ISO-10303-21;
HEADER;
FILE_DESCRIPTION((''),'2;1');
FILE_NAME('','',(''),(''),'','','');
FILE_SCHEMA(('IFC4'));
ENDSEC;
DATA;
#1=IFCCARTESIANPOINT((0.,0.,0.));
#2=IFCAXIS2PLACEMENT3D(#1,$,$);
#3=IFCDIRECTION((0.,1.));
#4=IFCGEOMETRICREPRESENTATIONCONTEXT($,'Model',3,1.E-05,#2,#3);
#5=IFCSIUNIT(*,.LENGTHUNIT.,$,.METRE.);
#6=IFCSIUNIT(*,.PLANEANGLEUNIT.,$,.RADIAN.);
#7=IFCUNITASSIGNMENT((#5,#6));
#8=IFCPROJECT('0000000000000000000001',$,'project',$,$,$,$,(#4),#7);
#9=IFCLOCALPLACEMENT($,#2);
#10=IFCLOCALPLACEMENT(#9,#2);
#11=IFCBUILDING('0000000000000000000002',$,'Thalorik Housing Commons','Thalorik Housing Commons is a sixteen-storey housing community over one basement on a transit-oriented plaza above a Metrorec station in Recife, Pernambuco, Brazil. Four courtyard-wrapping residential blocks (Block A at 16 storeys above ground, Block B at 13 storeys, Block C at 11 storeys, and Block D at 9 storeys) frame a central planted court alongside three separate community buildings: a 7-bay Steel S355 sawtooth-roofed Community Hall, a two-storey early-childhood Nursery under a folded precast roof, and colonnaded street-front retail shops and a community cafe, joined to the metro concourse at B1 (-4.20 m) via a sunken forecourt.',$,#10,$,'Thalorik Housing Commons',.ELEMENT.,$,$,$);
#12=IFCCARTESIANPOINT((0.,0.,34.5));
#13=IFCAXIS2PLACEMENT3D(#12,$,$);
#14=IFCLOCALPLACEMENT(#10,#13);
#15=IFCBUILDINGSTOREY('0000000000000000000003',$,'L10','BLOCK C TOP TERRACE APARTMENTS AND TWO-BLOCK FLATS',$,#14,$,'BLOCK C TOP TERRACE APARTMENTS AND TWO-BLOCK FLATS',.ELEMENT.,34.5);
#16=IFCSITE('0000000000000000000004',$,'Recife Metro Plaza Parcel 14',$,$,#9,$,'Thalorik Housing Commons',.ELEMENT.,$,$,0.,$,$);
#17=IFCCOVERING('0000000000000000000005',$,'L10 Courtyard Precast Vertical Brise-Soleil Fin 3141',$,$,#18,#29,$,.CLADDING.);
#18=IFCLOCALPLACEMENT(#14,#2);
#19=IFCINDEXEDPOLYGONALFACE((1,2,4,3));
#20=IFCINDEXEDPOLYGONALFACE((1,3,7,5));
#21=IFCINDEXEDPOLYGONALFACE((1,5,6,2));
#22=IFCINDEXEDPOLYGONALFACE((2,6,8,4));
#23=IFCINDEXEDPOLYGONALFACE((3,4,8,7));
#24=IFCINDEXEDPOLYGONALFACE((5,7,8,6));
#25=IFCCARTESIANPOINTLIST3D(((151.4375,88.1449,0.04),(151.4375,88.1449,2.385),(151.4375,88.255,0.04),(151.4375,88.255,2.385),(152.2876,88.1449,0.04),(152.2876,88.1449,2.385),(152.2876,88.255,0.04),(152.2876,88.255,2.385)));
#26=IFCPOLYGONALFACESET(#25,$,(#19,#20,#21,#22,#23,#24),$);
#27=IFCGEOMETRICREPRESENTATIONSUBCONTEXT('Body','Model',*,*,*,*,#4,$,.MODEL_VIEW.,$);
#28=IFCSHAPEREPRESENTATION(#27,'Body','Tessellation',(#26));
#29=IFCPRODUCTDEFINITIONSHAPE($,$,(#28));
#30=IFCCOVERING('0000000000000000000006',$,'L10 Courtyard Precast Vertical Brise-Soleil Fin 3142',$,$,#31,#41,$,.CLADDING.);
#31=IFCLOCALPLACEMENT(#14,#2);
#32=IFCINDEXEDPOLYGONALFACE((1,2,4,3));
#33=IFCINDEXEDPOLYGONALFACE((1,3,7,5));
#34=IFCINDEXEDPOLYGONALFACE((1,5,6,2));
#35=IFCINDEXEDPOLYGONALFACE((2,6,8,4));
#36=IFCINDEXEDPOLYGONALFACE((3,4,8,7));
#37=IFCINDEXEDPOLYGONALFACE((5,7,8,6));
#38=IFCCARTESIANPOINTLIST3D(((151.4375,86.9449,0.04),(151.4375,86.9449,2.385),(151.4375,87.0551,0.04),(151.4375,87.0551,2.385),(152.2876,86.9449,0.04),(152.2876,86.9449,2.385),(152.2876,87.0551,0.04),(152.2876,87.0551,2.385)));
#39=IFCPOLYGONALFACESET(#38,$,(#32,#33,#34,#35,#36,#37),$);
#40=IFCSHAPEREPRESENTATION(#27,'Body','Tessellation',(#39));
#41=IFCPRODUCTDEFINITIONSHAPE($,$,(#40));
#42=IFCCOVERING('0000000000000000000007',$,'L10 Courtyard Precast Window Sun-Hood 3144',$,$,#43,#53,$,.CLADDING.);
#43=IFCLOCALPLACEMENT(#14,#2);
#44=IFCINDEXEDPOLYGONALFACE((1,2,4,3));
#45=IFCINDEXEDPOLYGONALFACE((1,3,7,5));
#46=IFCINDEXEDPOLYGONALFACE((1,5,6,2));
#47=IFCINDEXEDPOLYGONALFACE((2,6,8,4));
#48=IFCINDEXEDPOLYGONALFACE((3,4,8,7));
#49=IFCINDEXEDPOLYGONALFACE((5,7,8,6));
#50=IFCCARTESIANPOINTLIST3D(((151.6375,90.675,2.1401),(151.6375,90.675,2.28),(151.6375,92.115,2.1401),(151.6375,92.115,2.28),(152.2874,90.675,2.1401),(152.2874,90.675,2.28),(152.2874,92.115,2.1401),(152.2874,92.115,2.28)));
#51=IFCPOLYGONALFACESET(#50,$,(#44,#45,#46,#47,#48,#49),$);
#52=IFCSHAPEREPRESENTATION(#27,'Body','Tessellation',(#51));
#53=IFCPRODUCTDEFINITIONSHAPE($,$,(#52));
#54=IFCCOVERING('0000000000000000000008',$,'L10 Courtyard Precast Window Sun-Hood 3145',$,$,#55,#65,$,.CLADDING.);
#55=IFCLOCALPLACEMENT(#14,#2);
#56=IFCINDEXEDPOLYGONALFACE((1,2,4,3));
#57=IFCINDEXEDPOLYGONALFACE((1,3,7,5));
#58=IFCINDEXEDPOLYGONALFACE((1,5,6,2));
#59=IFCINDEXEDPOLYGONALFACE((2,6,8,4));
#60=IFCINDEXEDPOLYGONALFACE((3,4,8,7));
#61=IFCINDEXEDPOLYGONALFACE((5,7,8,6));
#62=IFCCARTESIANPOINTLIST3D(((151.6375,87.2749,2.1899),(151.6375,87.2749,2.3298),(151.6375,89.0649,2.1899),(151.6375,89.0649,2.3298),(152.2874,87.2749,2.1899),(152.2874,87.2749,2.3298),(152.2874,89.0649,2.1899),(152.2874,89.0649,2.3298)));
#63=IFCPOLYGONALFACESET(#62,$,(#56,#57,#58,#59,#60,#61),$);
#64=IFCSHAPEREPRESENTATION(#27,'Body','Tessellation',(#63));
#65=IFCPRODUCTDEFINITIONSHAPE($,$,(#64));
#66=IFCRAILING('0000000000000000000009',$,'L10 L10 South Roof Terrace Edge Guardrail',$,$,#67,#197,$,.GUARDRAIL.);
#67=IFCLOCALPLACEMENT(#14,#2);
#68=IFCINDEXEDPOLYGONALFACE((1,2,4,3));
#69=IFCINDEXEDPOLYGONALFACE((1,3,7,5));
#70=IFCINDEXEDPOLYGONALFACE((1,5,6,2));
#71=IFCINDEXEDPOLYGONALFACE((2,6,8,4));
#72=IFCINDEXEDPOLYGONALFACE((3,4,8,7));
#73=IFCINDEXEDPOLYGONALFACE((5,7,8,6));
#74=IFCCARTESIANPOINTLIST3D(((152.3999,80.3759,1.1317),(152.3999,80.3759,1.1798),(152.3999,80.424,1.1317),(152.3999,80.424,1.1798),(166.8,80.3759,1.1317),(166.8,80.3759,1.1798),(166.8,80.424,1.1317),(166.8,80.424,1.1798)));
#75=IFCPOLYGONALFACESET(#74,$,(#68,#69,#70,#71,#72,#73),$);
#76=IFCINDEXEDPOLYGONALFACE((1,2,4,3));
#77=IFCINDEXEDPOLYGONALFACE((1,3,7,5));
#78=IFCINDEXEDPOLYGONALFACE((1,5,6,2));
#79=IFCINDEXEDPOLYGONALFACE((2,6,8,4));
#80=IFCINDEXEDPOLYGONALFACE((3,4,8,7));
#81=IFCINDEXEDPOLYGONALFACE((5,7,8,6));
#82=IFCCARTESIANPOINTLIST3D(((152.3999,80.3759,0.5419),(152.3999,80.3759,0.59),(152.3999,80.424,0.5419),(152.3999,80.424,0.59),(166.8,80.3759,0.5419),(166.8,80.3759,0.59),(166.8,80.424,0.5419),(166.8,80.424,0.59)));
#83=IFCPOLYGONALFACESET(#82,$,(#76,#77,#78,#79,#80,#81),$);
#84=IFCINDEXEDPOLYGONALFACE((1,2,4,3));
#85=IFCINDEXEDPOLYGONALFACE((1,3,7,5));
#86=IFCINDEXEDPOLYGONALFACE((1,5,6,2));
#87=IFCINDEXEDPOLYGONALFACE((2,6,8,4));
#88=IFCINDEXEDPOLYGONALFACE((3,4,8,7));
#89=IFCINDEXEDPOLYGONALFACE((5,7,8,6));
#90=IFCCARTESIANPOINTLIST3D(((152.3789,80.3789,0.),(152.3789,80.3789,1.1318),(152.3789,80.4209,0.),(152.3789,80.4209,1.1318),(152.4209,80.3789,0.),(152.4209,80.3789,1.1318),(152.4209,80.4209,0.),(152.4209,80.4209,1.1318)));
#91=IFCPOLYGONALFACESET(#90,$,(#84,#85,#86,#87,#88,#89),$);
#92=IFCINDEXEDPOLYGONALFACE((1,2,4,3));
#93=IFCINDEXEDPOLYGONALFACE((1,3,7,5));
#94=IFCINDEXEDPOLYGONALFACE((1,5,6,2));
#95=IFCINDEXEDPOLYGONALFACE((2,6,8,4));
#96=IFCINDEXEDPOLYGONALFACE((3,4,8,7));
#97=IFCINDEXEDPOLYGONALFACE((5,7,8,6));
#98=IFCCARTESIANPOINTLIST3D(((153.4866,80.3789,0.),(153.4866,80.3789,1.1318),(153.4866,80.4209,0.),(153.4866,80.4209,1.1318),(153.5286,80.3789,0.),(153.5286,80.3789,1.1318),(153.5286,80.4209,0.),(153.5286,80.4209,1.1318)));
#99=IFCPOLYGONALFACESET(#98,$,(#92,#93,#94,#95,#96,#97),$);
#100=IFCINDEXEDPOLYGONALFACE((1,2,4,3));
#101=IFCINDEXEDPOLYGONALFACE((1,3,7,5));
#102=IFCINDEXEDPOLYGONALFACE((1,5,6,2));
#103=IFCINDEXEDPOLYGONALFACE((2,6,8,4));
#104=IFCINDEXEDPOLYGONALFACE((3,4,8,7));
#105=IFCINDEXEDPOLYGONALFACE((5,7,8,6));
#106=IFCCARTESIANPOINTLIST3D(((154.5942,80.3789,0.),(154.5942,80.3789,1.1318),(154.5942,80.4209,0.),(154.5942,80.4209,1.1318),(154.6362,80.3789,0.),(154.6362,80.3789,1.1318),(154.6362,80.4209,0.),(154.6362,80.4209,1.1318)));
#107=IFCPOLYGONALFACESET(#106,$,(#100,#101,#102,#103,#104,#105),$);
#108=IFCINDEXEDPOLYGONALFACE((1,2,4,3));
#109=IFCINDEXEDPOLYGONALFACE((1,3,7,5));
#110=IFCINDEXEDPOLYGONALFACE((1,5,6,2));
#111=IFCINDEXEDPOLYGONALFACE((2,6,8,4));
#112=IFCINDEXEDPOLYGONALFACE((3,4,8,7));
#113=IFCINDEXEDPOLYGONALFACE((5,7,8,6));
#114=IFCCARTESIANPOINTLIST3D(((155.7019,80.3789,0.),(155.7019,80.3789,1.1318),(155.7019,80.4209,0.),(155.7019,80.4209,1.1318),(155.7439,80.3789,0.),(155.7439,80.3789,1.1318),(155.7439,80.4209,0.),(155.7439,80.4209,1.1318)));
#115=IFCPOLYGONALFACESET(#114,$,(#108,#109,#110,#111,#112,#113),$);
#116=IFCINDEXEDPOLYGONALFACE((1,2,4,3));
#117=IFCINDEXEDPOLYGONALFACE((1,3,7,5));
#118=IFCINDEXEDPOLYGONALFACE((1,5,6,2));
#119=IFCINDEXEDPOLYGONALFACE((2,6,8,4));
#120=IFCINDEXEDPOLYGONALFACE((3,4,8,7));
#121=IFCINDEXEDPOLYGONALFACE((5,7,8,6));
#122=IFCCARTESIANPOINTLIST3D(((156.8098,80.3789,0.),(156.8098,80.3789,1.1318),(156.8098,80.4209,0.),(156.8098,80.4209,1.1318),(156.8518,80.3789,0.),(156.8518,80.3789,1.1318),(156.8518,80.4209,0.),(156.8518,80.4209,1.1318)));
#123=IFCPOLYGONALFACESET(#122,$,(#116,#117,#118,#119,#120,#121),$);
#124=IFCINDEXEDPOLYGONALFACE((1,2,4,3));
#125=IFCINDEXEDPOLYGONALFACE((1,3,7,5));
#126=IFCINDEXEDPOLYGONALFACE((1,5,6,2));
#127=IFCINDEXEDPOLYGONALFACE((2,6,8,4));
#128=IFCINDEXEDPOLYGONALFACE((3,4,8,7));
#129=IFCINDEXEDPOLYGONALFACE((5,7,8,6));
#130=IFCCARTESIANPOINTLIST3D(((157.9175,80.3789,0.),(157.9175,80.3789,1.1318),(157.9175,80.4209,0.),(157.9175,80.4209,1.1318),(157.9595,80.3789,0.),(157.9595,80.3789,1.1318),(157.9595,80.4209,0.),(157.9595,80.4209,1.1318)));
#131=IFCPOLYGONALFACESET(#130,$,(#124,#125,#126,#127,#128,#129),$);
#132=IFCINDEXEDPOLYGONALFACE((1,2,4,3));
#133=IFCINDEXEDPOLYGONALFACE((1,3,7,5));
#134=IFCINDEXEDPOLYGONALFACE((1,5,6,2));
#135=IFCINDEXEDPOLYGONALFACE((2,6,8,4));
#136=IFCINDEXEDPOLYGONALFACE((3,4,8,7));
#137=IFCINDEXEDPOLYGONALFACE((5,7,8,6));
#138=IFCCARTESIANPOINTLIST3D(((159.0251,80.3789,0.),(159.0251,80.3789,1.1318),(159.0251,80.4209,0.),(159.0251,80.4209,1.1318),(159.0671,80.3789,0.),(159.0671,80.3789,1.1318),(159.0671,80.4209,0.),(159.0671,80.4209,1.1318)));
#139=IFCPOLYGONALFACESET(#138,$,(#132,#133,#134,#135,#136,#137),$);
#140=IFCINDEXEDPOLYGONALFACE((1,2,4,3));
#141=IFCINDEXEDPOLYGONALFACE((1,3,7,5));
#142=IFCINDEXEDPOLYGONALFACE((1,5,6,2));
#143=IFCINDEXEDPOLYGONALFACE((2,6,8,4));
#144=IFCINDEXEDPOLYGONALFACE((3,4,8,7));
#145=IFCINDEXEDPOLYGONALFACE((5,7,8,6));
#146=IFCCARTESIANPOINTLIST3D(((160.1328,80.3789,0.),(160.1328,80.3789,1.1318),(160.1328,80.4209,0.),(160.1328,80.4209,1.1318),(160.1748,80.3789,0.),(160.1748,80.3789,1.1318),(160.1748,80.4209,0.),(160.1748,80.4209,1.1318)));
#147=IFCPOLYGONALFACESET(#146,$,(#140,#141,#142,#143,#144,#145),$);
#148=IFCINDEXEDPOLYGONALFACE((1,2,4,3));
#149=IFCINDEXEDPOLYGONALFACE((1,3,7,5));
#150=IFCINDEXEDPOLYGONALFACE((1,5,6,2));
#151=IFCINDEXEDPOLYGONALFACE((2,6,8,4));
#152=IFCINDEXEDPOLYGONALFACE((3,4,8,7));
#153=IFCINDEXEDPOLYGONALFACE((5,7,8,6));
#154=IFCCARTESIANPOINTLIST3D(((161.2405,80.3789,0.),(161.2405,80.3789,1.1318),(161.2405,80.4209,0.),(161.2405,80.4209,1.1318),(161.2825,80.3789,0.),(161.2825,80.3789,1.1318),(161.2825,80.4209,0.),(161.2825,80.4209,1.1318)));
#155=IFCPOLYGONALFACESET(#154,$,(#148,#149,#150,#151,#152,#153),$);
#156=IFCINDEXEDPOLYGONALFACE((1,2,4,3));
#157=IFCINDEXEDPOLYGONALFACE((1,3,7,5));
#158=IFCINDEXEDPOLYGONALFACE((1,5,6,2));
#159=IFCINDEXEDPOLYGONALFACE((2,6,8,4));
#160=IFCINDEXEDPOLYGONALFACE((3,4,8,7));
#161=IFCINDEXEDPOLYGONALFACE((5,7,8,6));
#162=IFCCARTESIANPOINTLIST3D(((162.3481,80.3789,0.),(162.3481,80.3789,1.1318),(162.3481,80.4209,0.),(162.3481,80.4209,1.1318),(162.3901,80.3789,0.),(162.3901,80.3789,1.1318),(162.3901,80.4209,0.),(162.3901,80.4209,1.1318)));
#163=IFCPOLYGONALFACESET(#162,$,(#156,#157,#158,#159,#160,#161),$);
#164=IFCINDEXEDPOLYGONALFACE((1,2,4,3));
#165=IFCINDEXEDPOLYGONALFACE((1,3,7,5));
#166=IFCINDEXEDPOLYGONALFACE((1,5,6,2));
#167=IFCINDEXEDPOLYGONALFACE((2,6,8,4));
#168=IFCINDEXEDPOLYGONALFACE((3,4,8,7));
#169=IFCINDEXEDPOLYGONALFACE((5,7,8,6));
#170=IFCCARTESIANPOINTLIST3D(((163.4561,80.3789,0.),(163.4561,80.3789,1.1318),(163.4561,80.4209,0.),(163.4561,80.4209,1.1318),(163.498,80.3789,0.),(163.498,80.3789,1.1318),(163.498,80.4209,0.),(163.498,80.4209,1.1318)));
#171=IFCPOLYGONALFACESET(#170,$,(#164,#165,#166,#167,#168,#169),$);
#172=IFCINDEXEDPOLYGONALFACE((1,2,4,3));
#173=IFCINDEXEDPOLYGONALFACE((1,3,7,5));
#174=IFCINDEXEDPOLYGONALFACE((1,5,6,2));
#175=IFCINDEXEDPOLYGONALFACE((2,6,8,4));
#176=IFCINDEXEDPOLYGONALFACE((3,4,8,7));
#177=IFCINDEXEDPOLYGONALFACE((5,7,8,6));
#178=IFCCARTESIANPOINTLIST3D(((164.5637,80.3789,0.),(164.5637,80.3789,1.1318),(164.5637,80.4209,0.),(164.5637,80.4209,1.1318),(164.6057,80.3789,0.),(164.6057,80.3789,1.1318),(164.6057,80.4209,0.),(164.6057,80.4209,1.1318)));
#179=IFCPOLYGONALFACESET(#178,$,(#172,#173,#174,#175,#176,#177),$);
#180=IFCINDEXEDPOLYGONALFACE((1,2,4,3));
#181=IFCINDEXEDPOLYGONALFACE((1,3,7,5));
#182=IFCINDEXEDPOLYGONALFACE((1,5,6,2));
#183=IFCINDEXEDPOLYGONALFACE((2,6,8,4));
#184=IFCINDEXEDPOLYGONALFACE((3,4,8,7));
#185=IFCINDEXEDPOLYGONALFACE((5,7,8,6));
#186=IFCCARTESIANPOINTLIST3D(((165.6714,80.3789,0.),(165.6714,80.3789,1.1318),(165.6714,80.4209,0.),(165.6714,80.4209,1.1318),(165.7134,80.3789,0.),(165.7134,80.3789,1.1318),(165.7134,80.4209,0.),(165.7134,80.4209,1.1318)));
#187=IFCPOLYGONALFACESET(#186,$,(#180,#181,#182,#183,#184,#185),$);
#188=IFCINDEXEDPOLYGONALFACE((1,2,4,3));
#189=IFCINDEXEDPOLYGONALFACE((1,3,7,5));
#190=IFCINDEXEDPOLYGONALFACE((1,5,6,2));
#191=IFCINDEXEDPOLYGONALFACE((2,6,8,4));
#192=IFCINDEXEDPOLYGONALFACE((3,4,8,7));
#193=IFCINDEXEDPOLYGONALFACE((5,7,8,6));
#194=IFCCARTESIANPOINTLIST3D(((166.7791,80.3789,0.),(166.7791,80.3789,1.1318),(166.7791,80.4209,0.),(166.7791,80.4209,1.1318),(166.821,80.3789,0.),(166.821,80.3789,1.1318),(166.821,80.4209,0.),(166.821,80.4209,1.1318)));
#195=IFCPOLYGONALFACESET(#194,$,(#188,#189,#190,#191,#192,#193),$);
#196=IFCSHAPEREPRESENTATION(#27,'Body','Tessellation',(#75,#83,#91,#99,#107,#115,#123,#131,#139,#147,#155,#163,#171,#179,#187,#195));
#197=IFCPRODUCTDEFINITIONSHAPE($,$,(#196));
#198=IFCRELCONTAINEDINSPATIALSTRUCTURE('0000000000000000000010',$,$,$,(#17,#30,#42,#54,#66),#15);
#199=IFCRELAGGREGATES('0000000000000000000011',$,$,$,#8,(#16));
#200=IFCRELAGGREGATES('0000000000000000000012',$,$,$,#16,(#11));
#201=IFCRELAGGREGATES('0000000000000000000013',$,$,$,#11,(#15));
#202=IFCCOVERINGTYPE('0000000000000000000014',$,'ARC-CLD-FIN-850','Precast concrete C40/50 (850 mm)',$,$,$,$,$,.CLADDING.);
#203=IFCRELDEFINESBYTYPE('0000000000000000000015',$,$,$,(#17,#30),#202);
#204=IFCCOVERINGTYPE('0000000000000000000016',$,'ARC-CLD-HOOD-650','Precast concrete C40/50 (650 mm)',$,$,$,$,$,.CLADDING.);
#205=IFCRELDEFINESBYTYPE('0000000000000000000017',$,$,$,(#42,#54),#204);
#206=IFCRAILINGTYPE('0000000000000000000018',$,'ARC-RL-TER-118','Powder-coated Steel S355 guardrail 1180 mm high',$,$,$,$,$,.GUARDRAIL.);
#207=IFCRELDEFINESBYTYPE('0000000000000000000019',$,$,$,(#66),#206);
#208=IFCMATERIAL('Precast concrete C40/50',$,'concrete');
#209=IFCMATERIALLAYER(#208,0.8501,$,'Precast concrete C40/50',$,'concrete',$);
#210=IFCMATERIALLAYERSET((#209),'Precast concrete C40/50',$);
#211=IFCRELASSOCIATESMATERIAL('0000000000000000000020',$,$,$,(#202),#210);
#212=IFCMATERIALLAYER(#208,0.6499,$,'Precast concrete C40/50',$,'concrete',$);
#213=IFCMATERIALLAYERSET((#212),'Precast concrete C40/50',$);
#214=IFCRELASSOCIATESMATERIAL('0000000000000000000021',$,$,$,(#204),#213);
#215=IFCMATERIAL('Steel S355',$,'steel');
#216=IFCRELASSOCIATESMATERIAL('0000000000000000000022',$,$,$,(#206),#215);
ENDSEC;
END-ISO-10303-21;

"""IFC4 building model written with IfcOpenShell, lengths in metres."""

from ifc_helpers import new_model, si_unit, direction, frame, origin, origin_2d, place, context, subcontext, project, spatial, rectangle, extrude, material, layer, layer_set, type_object, element, save


model = new_model("IFC4")

# Units and contexts
model_context = context("Model", 3, precision=1e-05, world=origin(), true_north=direction((0.0, 1.0)))
body_context = subcontext(model_context, "Body", "Model", "MODEL_VIEW")
ifc_project = project(units=[si_unit("LENGTHUNIT", "METRE"), si_unit("PLANEANGLEUNIT", "RADIAN")], contexts=[model_context])

# Site, building, storey
site_placement = place(None, origin())
site = spatial("IfcSite", under=ifc_project, at=site_placement, Name="Recife Metro Plaza Parcel 14", LongName="Thalorik Housing Commons", CompositionType="ELEMENT", RefElevation=0.0)
building_placement = place(site_placement, origin())
building = spatial("IfcBuilding", under=site, at=building_placement, Name="Thalorik Housing Commons", Description="Thalorik Housing Commons is a sixteen-storey housing community over one basement on a transit-oriented plaza above a Metrorec station in Recife, Pernambuco, Brazil. Four courtyard-wrapping residential blocks (Block A at 16 storeys above ground, Block B at 13 storeys, Block C at 11 storeys, and Block D at 9 storeys) frame a central planted court alongside three separate community buildings: a 7-bay Steel S355 sawtooth-roofed Community Hall, a two-storey early-childhood Nursery under a folded precast roof, and colonnaded street-front retail shops and a community cafe, joined to the metro concourse at B1 (-4.20 m) via a sunken forecourt.", LongName="Thalorik Housing Commons", CompositionType="ELEMENT")
storey_placement = place(building_placement, frame((0.0, 0.0, 34.5)))
storey = spatial("IfcBuildingStorey", under=building, at=storey_placement, Name="L10", Description="BLOCK C TOP TERRACE APARTMENTS AND TWO-BLOCK FLATS", LongName="BLOCK C TOP TERRACE APARTMENTS AND TWO-BLOCK FLATS", CompositionType="ELEMENT", Elevation=34.5)

# Shared definitions
ifc_material_1 = material(Name="Precast concrete C40/50", Category="concrete")

# Coverings
ifc_layer_1 = layer(ifc_material_1, 0.8501, Name="Precast concrete C40/50", Category="concrete")
ifc_layer_set_1 = layer_set([ifc_layer_1], Name="Precast concrete C40/50")
covering_type_1 = type_object("IfcCoveringType", Name="ARC-CLD-FIN-850", Description="Precast concrete C40/50 (850 mm)", PredefinedType="CLADDING", material=ifc_layer_set_1)
for number, where, z_axis, x_axis, name in (
    (1, (151.8625, 88.2, 0.04), (0.0, 0.0, 1.0), (0.0, -1.0, 0.0), "L10 Courtyard Precast Vertical Brise-Soleil Fin 3141"),
    (2, (151.8625, 87.0, 0.04), (0.0, 0.0, 1.0), (0.0, -1.0, 0.0), "L10 Courtyard Precast Vertical Brise-Soleil Fin 3142"),
):
    element("IfcCovering", number, at=place(storey_placement, frame(where, z_axis=z_axis, x_axis=x_axis)), inside=storey, type_object=covering_type_1, Name=name, PredefinedType="CLADDING", context=body_context, shape_type="SweptSolid", body=[
        extrude(rectangle(XDim=0.1101, YDim=0.8501, at=origin_2d()), origin(), (0.0, 0.0, 1.0), 2.345),
    ])
ifc_layer_2 = layer(ifc_material_1, 0.6499, Name="Precast concrete C40/50", Category="concrete")
ifc_layer_set_2 = layer_set([ifc_layer_2], Name="Precast concrete C40/50")
covering_type_2 = type_object("IfcCoveringType", Name="ARC-CLD-HOOD-650", Description="Precast concrete C40/50 (650 mm)", PredefinedType="CLADDING", material=ifc_layer_set_2)
covering_1_placement = place(storey_placement, frame((151.9624, 91.395, 2.1401), z_axis=(0.0, 0.0, 1.0), x_axis=(0.0, -1.0, 0.0)))
element("IfcCovering", 3, at=covering_1_placement, inside=storey, type_object=covering_type_2, Name="L10 Courtyard Precast Window Sun-Hood 3144", PredefinedType="CLADDING", context=body_context, shape_type="SweptSolid", body=[
    extrude(rectangle(XDim=1.4399, YDim=0.6499, at=origin_2d()), origin(), (0.0, 0.0, 1.0), 0.1399),
])
covering_2_placement = place(storey_placement, frame((151.9624, 88.1699, 2.1899), z_axis=(0.0, 0.0, 1.0), x_axis=(0.0, -1.0, 0.0)))
element("IfcCovering", 4, at=covering_2_placement, inside=storey, type_object=covering_type_2, Name="L10 Courtyard Precast Window Sun-Hood 3145", PredefinedType="CLADDING", context=body_context, shape_type="SweptSolid", body=[
    extrude(rectangle(XDim=1.79, YDim=0.6499, at=origin_2d()), origin(), (0.0, 0.0, 1.0), 0.1399),
])

# Railing
ifc_material_2 = material(Name="Steel S355", Category="steel")
railing_type = type_object("IfcRailingType", Name="ARC-RL-TER-118", Description="Powder-coated Steel S355 guardrail 1180 mm high", PredefinedType="GUARDRAIL", material=ifc_material_2)
railing_1_placement = place(storey_placement, frame((152.3999, 80.3999, 0.0)))
element("IfcRailing", 5, at=railing_1_placement, inside=storey, type_object=railing_type, Name="L10 L10 South Roof Terrace Edge Guardrail", PredefinedType="GUARDRAIL", context=body_context, shape_type="SweptSolid", body=[
    extrude(rectangle(XDim=0.0481, YDim=0.0481, at=origin_2d()), frame((0.0, 0.0, 1.1558), z_axis=(1.0, 0.0, 0.0), x_axis=(0.0, 1.0, 0.0)), (0.0, 0.0, 1.0), 14.4001),
    extrude(rectangle(XDim=0.0481, YDim=0.0481, at=origin_2d()), frame((0.0, 0.0, 0.5659), z_axis=(1.0, 0.0, 0.0), x_axis=(0.0, 1.0, 0.0)), (0.0, 0.0, 1.0), 14.4001),
    extrude(rectangle(XDim=0.042, YDim=0.042, at=origin_2d()), origin(), (0.0, 0.0, 1.0), 1.1318),
    extrude(rectangle(XDim=0.042, YDim=0.042, at=origin_2d()), frame((1.1077, 0.0, 0.0)), (0.0, 0.0, 1.0), 1.1318),
    extrude(rectangle(XDim=0.042, YDim=0.042, at=origin_2d()), frame((2.2153, 0.0, 0.0)), (0.0, 0.0, 1.0), 1.1318),
    extrude(rectangle(XDim=0.042, YDim=0.042, at=origin_2d()), frame((3.323, 0.0, 0.0)), (0.0, 0.0, 1.0), 1.1318),
    extrude(rectangle(XDim=0.042, YDim=0.042, at=origin_2d()), frame((4.4309, 0.0, 0.0)), (0.0, 0.0, 1.0), 1.1318),
    extrude(rectangle(XDim=0.042, YDim=0.042, at=origin_2d()), frame((5.5386, 0.0, 0.0)), (0.0, 0.0, 1.0), 1.1318),
    extrude(rectangle(XDim=0.042, YDim=0.042, at=origin_2d()), frame((6.6462, 0.0, 0.0)), (0.0, 0.0, 1.0), 1.1318),
    extrude(rectangle(XDim=0.042, YDim=0.042, at=origin_2d()), frame((7.7539, 0.0, 0.0)), (0.0, 0.0, 1.0), 1.1318),
    extrude(rectangle(XDim=0.042, YDim=0.042, at=origin_2d()), frame((8.8616, 0.0, 0.0)), (0.0, 0.0, 1.0), 1.1318),
    extrude(rectangle(XDim=0.042, YDim=0.042, at=origin_2d()), frame((9.9692, 0.0, 0.0)), (0.0, 0.0, 1.0), 1.1318),
    extrude(rectangle(XDim=0.042, YDim=0.042, at=origin_2d()), frame((11.0771, 0.0, 0.0)), (0.0, 0.0, 1.0), 1.1318),
    extrude(rectangle(XDim=0.042, YDim=0.042, at=origin_2d()), frame((12.1848, 0.0, 0.0)), (0.0, 0.0, 1.0), 1.1318),
    extrude(rectangle(XDim=0.042, YDim=0.042, at=origin_2d()), frame((13.2925, 0.0, 0.0)), (0.0, 0.0, 1.0), 1.1318),
    extrude(rectangle(XDim=0.042, YDim=0.042, at=origin_2d()), frame((14.4001, 0.0, 0.0)), (0.0, 0.0, 1.0), 1.1318),
])

save(model, "model.ifc")
